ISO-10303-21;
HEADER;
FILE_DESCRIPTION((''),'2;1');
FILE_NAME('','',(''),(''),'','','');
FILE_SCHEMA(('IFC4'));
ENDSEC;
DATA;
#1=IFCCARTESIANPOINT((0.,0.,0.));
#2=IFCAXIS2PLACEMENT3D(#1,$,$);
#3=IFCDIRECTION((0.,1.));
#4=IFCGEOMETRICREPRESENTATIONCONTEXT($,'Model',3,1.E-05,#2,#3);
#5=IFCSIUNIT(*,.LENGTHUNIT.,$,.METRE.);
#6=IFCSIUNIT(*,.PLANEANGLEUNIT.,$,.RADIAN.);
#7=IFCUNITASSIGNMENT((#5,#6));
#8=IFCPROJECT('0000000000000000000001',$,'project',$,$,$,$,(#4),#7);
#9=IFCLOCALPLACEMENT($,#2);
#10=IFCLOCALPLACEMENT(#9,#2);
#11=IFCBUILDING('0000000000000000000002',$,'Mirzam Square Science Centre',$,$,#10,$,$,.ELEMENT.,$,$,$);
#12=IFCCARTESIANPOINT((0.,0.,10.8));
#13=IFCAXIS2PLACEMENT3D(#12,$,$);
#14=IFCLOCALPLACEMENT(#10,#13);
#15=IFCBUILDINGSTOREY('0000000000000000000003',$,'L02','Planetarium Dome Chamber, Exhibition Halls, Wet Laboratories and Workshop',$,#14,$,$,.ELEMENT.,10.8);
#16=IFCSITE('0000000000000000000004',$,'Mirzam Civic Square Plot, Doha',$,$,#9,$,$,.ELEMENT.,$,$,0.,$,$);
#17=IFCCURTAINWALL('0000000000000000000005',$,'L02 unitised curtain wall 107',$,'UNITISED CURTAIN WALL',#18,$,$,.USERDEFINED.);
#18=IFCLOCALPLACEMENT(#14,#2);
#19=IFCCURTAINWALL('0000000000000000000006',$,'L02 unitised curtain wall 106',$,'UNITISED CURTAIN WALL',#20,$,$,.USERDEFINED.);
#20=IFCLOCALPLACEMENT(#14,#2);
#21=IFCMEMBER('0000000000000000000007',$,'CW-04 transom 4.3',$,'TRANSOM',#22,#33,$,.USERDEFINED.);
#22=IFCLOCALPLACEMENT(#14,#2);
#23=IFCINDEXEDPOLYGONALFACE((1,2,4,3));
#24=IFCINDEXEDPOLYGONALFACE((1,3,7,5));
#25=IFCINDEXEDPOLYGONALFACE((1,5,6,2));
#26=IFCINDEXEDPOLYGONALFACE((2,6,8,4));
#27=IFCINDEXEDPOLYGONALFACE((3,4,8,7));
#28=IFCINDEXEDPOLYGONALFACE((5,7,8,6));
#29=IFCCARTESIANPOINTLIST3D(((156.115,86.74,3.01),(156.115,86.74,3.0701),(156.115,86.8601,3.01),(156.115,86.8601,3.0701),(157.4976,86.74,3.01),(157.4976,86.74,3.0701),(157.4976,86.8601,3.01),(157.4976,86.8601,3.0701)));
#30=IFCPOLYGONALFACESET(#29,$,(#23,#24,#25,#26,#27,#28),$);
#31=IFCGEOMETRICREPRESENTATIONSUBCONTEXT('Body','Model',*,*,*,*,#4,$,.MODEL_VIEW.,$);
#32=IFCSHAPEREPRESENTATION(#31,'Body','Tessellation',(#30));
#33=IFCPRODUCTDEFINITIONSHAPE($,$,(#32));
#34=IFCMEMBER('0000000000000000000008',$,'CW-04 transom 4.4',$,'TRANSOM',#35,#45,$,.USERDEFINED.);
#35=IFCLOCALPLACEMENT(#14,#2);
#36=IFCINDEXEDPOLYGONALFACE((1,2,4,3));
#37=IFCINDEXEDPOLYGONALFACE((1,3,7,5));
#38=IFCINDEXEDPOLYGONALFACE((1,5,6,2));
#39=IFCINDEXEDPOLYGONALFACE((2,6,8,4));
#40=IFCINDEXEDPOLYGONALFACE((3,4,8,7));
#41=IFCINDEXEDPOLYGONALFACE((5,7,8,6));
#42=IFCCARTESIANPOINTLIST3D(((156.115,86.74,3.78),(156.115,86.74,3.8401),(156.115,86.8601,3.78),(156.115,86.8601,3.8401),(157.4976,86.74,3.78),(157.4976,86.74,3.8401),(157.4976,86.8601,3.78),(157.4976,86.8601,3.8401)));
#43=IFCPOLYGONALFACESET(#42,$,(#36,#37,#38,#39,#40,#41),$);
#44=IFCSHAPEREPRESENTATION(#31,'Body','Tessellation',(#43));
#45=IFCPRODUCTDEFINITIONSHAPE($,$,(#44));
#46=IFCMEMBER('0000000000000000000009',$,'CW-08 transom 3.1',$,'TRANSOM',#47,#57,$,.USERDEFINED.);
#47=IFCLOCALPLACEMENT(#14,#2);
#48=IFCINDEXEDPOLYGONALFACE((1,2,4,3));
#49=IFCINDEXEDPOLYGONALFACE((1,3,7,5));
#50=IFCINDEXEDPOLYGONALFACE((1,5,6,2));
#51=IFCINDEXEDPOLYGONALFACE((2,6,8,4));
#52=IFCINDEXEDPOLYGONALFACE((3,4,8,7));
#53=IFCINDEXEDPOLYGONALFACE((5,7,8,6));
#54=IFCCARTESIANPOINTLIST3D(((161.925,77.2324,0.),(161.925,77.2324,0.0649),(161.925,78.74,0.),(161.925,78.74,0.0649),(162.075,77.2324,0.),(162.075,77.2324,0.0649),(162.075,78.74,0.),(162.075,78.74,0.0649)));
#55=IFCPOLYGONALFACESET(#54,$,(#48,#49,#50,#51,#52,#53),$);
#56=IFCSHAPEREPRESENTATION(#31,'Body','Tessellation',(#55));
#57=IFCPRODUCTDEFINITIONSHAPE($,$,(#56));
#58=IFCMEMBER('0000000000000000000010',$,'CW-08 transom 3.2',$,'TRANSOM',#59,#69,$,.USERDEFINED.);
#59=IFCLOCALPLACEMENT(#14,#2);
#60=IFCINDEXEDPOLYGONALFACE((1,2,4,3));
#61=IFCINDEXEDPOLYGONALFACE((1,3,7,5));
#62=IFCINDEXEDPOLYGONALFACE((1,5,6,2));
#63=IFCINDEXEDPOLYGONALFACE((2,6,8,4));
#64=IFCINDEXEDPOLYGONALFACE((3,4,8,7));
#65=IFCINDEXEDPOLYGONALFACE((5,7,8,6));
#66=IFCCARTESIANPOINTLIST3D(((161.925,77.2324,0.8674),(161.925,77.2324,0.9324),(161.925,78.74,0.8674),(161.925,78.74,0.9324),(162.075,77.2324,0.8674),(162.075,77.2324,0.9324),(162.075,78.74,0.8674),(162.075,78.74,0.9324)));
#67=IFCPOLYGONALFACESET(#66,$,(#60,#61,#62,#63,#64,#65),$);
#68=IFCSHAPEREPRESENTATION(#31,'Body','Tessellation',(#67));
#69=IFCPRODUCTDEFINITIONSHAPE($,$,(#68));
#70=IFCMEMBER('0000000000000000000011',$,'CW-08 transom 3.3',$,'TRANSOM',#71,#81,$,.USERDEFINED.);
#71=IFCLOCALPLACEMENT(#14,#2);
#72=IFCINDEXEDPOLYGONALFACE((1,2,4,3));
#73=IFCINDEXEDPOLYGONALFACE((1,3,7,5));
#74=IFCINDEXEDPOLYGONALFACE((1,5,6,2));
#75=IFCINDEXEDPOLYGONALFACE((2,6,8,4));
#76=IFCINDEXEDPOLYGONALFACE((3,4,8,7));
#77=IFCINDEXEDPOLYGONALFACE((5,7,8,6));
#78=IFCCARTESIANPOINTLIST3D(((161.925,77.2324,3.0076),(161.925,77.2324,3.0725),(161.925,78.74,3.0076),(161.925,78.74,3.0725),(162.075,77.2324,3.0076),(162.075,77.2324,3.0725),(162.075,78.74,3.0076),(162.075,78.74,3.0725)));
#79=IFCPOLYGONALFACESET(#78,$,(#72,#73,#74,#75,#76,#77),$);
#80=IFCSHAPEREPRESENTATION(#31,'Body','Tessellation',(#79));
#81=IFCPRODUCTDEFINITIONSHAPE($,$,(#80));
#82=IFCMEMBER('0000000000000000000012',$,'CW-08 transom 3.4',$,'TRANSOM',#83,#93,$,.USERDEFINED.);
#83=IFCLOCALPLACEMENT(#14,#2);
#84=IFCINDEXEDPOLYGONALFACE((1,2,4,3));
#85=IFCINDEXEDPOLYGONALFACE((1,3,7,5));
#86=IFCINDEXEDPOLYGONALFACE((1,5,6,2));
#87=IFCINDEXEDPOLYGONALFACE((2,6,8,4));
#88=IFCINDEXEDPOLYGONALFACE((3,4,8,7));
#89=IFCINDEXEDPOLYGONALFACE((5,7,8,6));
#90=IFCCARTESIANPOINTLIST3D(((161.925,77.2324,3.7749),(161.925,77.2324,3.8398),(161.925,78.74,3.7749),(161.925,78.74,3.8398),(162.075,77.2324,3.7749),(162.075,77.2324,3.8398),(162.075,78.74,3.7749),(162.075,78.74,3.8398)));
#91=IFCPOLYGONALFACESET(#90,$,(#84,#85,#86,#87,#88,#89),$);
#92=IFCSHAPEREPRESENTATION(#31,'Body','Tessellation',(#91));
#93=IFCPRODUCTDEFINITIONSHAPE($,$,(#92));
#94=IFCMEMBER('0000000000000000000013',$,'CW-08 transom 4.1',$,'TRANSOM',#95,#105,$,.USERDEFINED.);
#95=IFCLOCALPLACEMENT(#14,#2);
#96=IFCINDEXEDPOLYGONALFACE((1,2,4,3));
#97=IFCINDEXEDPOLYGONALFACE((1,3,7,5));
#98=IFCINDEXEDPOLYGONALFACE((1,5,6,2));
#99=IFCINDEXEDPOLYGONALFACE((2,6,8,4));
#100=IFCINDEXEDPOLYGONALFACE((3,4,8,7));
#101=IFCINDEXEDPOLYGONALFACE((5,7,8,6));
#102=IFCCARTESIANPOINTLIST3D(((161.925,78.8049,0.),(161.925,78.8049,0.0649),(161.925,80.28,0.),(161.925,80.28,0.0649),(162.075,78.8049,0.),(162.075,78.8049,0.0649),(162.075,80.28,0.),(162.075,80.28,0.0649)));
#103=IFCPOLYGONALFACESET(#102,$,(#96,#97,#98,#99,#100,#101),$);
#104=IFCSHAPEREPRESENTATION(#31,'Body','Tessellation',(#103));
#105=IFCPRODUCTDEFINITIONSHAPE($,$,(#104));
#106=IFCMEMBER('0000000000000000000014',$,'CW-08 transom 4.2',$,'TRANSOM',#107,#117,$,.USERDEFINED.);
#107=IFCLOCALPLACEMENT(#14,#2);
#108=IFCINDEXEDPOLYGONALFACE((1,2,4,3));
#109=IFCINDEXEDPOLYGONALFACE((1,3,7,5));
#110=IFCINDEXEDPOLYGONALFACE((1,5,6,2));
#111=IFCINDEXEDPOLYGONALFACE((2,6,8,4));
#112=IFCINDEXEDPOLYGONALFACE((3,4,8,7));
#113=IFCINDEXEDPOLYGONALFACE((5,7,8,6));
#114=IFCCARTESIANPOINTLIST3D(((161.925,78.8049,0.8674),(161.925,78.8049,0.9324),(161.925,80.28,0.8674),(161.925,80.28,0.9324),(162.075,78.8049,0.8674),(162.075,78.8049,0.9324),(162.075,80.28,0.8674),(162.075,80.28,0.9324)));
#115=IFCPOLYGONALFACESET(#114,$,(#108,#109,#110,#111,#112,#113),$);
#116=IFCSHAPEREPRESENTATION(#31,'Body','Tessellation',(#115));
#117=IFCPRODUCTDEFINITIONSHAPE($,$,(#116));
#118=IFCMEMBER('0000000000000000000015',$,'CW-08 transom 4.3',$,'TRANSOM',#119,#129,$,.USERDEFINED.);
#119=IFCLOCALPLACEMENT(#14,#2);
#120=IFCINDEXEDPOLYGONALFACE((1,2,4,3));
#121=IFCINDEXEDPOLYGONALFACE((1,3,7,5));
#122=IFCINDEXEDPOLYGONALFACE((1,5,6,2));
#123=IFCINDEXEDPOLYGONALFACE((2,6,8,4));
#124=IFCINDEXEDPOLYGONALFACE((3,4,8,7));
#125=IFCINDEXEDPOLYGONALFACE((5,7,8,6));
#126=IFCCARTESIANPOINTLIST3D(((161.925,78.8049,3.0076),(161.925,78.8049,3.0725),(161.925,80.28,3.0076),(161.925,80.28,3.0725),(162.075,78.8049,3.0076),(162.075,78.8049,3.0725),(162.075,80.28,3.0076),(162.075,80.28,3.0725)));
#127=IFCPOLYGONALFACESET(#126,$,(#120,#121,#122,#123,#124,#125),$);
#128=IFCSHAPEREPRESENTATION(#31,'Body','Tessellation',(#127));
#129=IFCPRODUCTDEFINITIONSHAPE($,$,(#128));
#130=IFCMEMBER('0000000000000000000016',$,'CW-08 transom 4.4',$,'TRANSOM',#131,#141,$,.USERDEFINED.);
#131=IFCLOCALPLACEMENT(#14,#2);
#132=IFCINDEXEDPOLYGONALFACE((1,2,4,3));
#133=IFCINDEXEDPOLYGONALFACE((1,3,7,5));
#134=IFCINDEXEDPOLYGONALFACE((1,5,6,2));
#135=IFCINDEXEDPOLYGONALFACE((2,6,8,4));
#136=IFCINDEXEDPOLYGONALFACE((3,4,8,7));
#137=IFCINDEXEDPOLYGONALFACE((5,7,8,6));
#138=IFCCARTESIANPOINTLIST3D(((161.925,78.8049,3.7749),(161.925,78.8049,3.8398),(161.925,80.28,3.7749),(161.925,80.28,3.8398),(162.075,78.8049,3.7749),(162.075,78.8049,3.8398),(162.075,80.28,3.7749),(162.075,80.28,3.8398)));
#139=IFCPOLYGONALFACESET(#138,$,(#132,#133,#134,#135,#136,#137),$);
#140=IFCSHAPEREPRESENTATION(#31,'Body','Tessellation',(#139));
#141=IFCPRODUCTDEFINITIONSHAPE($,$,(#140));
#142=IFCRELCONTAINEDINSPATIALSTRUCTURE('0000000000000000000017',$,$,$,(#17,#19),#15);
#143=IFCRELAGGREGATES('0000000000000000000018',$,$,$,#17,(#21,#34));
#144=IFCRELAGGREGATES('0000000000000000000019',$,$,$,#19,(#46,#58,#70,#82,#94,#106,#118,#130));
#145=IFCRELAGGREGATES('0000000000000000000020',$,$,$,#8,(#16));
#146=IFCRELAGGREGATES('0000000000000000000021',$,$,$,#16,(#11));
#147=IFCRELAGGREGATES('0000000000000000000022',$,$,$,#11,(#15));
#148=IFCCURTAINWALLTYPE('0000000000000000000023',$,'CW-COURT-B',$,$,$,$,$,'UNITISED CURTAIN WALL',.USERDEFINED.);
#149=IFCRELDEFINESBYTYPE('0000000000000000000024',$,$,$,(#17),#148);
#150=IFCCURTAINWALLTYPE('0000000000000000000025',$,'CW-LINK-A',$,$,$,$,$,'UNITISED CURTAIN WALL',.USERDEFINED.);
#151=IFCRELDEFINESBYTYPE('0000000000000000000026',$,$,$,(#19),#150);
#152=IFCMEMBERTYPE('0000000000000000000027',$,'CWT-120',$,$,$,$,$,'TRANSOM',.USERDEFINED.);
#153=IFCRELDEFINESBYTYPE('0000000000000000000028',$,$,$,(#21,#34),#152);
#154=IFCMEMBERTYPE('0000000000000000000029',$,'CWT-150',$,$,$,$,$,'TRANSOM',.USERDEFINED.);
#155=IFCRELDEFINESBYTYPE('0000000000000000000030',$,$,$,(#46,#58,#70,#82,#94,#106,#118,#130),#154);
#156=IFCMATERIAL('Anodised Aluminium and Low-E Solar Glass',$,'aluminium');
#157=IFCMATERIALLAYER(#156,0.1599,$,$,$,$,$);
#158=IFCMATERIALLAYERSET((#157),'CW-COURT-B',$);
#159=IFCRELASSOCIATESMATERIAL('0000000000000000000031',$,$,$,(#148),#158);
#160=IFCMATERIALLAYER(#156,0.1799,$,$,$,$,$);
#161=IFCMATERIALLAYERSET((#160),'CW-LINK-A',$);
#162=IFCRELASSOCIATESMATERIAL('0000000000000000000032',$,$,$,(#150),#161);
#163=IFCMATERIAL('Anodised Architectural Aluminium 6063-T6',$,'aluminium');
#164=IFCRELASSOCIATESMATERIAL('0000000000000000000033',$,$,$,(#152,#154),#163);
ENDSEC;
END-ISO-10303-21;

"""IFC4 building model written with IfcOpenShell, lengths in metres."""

from ifc_helpers import new_model, si_unit, direction, frame, origin, origin_2d, place, context, subcontext, project, spatial, rectangle, extrude, material, layer, layer_set, material_profile, profile_set, type_object, element, aggregate, save


model = new_model("IFC4")

# Units and contexts
model_context = context("Model", 3, precision=1e-05, world=origin(), true_north=direction((0.0, 1.0)))
body_context = subcontext(model_context, "Body", "Model", "MODEL_VIEW")
ifc_project = project(units=[si_unit("LENGTHUNIT", "METRE"), si_unit("PLANEANGLEUNIT", "RADIAN")], contexts=[model_context])

# Site, building, storey
site_placement = place(None, origin())
site = spatial("IfcSite", under=ifc_project, at=site_placement, Name="Mirzam Civic Square Plot, Doha", CompositionType="ELEMENT", RefElevation=0.0)
building_placement = place(site_placement, origin())
building = spatial("IfcBuilding", under=site, at=building_placement, Name="Mirzam Square Science Centre", CompositionType="ELEMENT")
storey_placement = place(building_placement, frame((0.0, 0.0, 10.8)))
storey = spatial("IfcBuildingStorey", under=building, at=storey_placement, Name="L02", Description="Planetarium Dome Chamber, Exhibition Halls, Wet Laboratories and Workshop", CompositionType="ELEMENT", Elevation=10.8)

# Curtain walls
ifc_material_1 = material(Name="Anodised Aluminium and Low-E Solar Glass", Category="aluminium")
ifc_layer_1 = layer(ifc_material_1, 0.1599)
ifc_layer_set_1 = layer_set([ifc_layer_1], Name="CW-COURT-B")
curtain_wall_type_1 = type_object("IfcCurtainWallType", Name="CW-COURT-B", ElementType="UNITISED CURTAIN WALL", PredefinedType="USERDEFINED", material=ifc_layer_set_1)
curtain_wall_1_placement = place(storey_placement, origin())
curtain_wall_1 = element("IfcCurtainWall", 1, at=curtain_wall_1_placement, inside=storey, type_object=curtain_wall_type_1, Name="L02 unitised curtain wall 107", ObjectType="UNITISED CURTAIN WALL", PredefinedType="USERDEFINED")
ifc_material_2 = material(Name="Anodised Architectural Aluminium 6063-T6", Category="aluminium")
ifc_layer_2 = layer(ifc_material_1, 0.1799)
ifc_layer_set_2 = layer_set([ifc_layer_2], Name="CW-LINK-A")
curtain_wall_type_2 = type_object("IfcCurtainWallType", Name="CW-LINK-A", ElementType="UNITISED CURTAIN WALL", PredefinedType="USERDEFINED", material=ifc_layer_set_2)
curtain_wall_2_placement = place(storey_placement, origin())
curtain_wall_2 = element("IfcCurtainWall", 2, at=curtain_wall_2_placement, inside=storey, type_object=curtain_wall_type_2, Name="L02 unitised curtain wall 106", ObjectType="UNITISED CURTAIN WALL", PredefinedType="USERDEFINED")

# Members
ifc_material_profile_1 = material_profile(ifc_material_2, rectangle(XDim=0.1201, YDim=0.0601, at=origin_2d()), Name="ALU-TRAN-120x60x4")
ifc_profile_set_1 = profile_set([ifc_material_profile_1], Name="Anodised Architectural Aluminium 6063-T6")
member_type_1 = type_object("IfcMemberType", Name="CWT-120", ElementType="TRANSOM", PredefinedType="USERDEFINED", material=ifc_profile_set_1)
member_1_placement = place(storey_placement, frame((157.4976, 86.8, 3.04), z_axis=(-1.0, 0.0, 0.0), x_axis=(0.0, -1.0, 0.0)))
member_1 = element("IfcMember", 3, at=member_1_placement, type_object=member_type_1, Name="CW-04 transom 4.3", ObjectType="TRANSOM", PredefinedType="USERDEFINED", context=body_context, shape_type="SweptSolid", body=[
    extrude(rectangle(XDim=0.1201, YDim=0.0601, at=origin_2d()), origin(), (0.0, 0.0, 1.0), 1.3826),
])
member_2_placement = place(storey_placement, frame((157.4976, 86.8, 3.8101), z_axis=(-1.0, 0.0, 0.0), x_axis=(0.0, -1.0, 0.0)))
member_2 = element("IfcMember", 4, at=member_2_placement, type_object=member_type_1, Name="CW-04 transom 4.4", ObjectType="TRANSOM", PredefinedType="USERDEFINED", context=body_context, shape_type="SweptSolid", body=[
    extrude(rectangle(XDim=0.1201, YDim=0.0601, at=origin_2d()), origin(), (0.0, 0.0, 1.0), 1.3826),
])
ifc_material_profile_2 = material_profile(ifc_material_2, rectangle(XDim=0.1499, YDim=0.0649, at=origin_2d()), Name="ALU-TRAN-150x65x4")
ifc_profile_set_2 = profile_set([ifc_material_profile_2], Name="Anodised Architectural Aluminium 6063-T6")
member_type_2 = type_object("IfcMemberType", Name="CWT-150", ElementType="TRANSOM", PredefinedType="USERDEFINED", material=ifc_profile_set_2)
member_3_placement = place(storey_placement, frame((162.0, 77.2324, 0.0325), z_axis=(0.0, 1.0, 0.0), x_axis=(-1.0, 0.0, 0.0)))
member_3 = element("IfcMember", 5, at=member_3_placement, type_object=member_type_2, Name="CW-08 transom 3.1", ObjectType="TRANSOM", PredefinedType="USERDEFINED", context=body_context, shape_type="SweptSolid", body=[
    extrude(rectangle(XDim=0.1499, YDim=0.0649, at=origin_2d()), origin(), (0.0, 0.0, 1.0), 1.5076),
])
member_4_placement = place(storey_placement, frame((162.0, 77.2324, 0.8999), z_axis=(0.0, 1.0, 0.0), x_axis=(-1.0, 0.0, 0.0)))
member_4 = element("IfcMember", 6, at=member_4_placement, type_object=member_type_2, Name="CW-08 transom 3.2", ObjectType="TRANSOM", PredefinedType="USERDEFINED", context=body_context, shape_type="SweptSolid", body=[
    extrude(rectangle(XDim=0.1499, YDim=0.0649, at=origin_2d()), origin(), (0.0, 0.0, 1.0), 1.5076),
])
member_5_placement = place(storey_placement, frame((162.0, 77.2324, 3.04), z_axis=(0.0, 1.0, 0.0), x_axis=(-1.0, 0.0, 0.0)))
member_5 = element("IfcMember", 7, at=member_5_placement, type_object=member_type_2, Name="CW-08 transom 3.3", ObjectType="TRANSOM", PredefinedType="USERDEFINED", context=body_context, shape_type="SweptSolid", body=[
    extrude(rectangle(XDim=0.1499, YDim=0.0649, at=origin_2d()), origin(), (0.0, 0.0, 1.0), 1.5076),
])
member_6_placement = place(storey_placement, frame((162.0, 77.2324, 3.8074), z_axis=(0.0, 1.0, 0.0), x_axis=(-1.0, 0.0, 0.0)))
member_6 = element("IfcMember", 8, at=member_6_placement, type_object=member_type_2, Name="CW-08 transom 3.4", ObjectType="TRANSOM", PredefinedType="USERDEFINED", context=body_context, shape_type="SweptSolid", body=[
    extrude(rectangle(XDim=0.1499, YDim=0.0649, at=origin_2d()), origin(), (0.0, 0.0, 1.0), 1.5076),
])
member_7_placement = place(storey_placement, frame((162.0, 78.8049, 0.0325), z_axis=(0.0, 1.0, 0.0), x_axis=(-1.0, 0.0, 0.0)))
member_7 = element("IfcMember", 9, at=member_7_placement, type_object=member_type_2, Name="CW-08 transom 4.1", ObjectType="TRANSOM", PredefinedType="USERDEFINED", context=body_context, shape_type="SweptSolid", body=[
    extrude(rectangle(XDim=0.1499, YDim=0.0649, at=origin_2d()), origin(), (0.0, 0.0, 1.0), 1.4751),
])
member_8_placement = place(storey_placement, frame((162.0, 78.8049, 0.8999), z_axis=(0.0, 1.0, 0.0), x_axis=(-1.0, 0.0, 0.0)))
member_8 = element("IfcMember", 10, at=member_8_placement, type_object=member_type_2, Name="CW-08 transom 4.2", ObjectType="TRANSOM", PredefinedType="USERDEFINED", context=body_context, shape_type="SweptSolid", body=[
    extrude(rectangle(XDim=0.1499, YDim=0.0649, at=origin_2d()), origin(), (0.0, 0.0, 1.0), 1.4751),
])
member_9_placement = place(storey_placement, frame((162.0, 78.8049, 3.04), z_axis=(0.0, 1.0, 0.0), x_axis=(-1.0, 0.0, 0.0)))
member_9 = element("IfcMember", 11, at=member_9_placement, type_object=member_type_2, Name="CW-08 transom 4.3", ObjectType="TRANSOM", PredefinedType="USERDEFINED", context=body_context, shape_type="SweptSolid", body=[
    extrude(rectangle(XDim=0.1499, YDim=0.0649, at=origin_2d()), origin(), (0.0, 0.0, 1.0), 1.4751),
])
member_10_placement = place(storey_placement, frame((162.0, 78.8049, 3.8074), z_axis=(0.0, 1.0, 0.0), x_axis=(-1.0, 0.0, 0.0)))
member_10 = element("IfcMember", 12, at=member_10_placement, type_object=member_type_2, Name="CW-08 transom 4.4", ObjectType="TRANSOM", PredefinedType="USERDEFINED", context=body_context, shape_type="SweptSolid", body=[
    extrude(rectangle(XDim=0.1499, YDim=0.0649, at=origin_2d()), origin(), (0.0, 0.0, 1.0), 1.4751),
])

aggregate(curtain_wall_1, [member_1, member_2])
aggregate(curtain_wall_2, [member_3, member_4, member_5, member_6, member_7, member_8, member_9, member_10])

save(model, "model.ifc")
